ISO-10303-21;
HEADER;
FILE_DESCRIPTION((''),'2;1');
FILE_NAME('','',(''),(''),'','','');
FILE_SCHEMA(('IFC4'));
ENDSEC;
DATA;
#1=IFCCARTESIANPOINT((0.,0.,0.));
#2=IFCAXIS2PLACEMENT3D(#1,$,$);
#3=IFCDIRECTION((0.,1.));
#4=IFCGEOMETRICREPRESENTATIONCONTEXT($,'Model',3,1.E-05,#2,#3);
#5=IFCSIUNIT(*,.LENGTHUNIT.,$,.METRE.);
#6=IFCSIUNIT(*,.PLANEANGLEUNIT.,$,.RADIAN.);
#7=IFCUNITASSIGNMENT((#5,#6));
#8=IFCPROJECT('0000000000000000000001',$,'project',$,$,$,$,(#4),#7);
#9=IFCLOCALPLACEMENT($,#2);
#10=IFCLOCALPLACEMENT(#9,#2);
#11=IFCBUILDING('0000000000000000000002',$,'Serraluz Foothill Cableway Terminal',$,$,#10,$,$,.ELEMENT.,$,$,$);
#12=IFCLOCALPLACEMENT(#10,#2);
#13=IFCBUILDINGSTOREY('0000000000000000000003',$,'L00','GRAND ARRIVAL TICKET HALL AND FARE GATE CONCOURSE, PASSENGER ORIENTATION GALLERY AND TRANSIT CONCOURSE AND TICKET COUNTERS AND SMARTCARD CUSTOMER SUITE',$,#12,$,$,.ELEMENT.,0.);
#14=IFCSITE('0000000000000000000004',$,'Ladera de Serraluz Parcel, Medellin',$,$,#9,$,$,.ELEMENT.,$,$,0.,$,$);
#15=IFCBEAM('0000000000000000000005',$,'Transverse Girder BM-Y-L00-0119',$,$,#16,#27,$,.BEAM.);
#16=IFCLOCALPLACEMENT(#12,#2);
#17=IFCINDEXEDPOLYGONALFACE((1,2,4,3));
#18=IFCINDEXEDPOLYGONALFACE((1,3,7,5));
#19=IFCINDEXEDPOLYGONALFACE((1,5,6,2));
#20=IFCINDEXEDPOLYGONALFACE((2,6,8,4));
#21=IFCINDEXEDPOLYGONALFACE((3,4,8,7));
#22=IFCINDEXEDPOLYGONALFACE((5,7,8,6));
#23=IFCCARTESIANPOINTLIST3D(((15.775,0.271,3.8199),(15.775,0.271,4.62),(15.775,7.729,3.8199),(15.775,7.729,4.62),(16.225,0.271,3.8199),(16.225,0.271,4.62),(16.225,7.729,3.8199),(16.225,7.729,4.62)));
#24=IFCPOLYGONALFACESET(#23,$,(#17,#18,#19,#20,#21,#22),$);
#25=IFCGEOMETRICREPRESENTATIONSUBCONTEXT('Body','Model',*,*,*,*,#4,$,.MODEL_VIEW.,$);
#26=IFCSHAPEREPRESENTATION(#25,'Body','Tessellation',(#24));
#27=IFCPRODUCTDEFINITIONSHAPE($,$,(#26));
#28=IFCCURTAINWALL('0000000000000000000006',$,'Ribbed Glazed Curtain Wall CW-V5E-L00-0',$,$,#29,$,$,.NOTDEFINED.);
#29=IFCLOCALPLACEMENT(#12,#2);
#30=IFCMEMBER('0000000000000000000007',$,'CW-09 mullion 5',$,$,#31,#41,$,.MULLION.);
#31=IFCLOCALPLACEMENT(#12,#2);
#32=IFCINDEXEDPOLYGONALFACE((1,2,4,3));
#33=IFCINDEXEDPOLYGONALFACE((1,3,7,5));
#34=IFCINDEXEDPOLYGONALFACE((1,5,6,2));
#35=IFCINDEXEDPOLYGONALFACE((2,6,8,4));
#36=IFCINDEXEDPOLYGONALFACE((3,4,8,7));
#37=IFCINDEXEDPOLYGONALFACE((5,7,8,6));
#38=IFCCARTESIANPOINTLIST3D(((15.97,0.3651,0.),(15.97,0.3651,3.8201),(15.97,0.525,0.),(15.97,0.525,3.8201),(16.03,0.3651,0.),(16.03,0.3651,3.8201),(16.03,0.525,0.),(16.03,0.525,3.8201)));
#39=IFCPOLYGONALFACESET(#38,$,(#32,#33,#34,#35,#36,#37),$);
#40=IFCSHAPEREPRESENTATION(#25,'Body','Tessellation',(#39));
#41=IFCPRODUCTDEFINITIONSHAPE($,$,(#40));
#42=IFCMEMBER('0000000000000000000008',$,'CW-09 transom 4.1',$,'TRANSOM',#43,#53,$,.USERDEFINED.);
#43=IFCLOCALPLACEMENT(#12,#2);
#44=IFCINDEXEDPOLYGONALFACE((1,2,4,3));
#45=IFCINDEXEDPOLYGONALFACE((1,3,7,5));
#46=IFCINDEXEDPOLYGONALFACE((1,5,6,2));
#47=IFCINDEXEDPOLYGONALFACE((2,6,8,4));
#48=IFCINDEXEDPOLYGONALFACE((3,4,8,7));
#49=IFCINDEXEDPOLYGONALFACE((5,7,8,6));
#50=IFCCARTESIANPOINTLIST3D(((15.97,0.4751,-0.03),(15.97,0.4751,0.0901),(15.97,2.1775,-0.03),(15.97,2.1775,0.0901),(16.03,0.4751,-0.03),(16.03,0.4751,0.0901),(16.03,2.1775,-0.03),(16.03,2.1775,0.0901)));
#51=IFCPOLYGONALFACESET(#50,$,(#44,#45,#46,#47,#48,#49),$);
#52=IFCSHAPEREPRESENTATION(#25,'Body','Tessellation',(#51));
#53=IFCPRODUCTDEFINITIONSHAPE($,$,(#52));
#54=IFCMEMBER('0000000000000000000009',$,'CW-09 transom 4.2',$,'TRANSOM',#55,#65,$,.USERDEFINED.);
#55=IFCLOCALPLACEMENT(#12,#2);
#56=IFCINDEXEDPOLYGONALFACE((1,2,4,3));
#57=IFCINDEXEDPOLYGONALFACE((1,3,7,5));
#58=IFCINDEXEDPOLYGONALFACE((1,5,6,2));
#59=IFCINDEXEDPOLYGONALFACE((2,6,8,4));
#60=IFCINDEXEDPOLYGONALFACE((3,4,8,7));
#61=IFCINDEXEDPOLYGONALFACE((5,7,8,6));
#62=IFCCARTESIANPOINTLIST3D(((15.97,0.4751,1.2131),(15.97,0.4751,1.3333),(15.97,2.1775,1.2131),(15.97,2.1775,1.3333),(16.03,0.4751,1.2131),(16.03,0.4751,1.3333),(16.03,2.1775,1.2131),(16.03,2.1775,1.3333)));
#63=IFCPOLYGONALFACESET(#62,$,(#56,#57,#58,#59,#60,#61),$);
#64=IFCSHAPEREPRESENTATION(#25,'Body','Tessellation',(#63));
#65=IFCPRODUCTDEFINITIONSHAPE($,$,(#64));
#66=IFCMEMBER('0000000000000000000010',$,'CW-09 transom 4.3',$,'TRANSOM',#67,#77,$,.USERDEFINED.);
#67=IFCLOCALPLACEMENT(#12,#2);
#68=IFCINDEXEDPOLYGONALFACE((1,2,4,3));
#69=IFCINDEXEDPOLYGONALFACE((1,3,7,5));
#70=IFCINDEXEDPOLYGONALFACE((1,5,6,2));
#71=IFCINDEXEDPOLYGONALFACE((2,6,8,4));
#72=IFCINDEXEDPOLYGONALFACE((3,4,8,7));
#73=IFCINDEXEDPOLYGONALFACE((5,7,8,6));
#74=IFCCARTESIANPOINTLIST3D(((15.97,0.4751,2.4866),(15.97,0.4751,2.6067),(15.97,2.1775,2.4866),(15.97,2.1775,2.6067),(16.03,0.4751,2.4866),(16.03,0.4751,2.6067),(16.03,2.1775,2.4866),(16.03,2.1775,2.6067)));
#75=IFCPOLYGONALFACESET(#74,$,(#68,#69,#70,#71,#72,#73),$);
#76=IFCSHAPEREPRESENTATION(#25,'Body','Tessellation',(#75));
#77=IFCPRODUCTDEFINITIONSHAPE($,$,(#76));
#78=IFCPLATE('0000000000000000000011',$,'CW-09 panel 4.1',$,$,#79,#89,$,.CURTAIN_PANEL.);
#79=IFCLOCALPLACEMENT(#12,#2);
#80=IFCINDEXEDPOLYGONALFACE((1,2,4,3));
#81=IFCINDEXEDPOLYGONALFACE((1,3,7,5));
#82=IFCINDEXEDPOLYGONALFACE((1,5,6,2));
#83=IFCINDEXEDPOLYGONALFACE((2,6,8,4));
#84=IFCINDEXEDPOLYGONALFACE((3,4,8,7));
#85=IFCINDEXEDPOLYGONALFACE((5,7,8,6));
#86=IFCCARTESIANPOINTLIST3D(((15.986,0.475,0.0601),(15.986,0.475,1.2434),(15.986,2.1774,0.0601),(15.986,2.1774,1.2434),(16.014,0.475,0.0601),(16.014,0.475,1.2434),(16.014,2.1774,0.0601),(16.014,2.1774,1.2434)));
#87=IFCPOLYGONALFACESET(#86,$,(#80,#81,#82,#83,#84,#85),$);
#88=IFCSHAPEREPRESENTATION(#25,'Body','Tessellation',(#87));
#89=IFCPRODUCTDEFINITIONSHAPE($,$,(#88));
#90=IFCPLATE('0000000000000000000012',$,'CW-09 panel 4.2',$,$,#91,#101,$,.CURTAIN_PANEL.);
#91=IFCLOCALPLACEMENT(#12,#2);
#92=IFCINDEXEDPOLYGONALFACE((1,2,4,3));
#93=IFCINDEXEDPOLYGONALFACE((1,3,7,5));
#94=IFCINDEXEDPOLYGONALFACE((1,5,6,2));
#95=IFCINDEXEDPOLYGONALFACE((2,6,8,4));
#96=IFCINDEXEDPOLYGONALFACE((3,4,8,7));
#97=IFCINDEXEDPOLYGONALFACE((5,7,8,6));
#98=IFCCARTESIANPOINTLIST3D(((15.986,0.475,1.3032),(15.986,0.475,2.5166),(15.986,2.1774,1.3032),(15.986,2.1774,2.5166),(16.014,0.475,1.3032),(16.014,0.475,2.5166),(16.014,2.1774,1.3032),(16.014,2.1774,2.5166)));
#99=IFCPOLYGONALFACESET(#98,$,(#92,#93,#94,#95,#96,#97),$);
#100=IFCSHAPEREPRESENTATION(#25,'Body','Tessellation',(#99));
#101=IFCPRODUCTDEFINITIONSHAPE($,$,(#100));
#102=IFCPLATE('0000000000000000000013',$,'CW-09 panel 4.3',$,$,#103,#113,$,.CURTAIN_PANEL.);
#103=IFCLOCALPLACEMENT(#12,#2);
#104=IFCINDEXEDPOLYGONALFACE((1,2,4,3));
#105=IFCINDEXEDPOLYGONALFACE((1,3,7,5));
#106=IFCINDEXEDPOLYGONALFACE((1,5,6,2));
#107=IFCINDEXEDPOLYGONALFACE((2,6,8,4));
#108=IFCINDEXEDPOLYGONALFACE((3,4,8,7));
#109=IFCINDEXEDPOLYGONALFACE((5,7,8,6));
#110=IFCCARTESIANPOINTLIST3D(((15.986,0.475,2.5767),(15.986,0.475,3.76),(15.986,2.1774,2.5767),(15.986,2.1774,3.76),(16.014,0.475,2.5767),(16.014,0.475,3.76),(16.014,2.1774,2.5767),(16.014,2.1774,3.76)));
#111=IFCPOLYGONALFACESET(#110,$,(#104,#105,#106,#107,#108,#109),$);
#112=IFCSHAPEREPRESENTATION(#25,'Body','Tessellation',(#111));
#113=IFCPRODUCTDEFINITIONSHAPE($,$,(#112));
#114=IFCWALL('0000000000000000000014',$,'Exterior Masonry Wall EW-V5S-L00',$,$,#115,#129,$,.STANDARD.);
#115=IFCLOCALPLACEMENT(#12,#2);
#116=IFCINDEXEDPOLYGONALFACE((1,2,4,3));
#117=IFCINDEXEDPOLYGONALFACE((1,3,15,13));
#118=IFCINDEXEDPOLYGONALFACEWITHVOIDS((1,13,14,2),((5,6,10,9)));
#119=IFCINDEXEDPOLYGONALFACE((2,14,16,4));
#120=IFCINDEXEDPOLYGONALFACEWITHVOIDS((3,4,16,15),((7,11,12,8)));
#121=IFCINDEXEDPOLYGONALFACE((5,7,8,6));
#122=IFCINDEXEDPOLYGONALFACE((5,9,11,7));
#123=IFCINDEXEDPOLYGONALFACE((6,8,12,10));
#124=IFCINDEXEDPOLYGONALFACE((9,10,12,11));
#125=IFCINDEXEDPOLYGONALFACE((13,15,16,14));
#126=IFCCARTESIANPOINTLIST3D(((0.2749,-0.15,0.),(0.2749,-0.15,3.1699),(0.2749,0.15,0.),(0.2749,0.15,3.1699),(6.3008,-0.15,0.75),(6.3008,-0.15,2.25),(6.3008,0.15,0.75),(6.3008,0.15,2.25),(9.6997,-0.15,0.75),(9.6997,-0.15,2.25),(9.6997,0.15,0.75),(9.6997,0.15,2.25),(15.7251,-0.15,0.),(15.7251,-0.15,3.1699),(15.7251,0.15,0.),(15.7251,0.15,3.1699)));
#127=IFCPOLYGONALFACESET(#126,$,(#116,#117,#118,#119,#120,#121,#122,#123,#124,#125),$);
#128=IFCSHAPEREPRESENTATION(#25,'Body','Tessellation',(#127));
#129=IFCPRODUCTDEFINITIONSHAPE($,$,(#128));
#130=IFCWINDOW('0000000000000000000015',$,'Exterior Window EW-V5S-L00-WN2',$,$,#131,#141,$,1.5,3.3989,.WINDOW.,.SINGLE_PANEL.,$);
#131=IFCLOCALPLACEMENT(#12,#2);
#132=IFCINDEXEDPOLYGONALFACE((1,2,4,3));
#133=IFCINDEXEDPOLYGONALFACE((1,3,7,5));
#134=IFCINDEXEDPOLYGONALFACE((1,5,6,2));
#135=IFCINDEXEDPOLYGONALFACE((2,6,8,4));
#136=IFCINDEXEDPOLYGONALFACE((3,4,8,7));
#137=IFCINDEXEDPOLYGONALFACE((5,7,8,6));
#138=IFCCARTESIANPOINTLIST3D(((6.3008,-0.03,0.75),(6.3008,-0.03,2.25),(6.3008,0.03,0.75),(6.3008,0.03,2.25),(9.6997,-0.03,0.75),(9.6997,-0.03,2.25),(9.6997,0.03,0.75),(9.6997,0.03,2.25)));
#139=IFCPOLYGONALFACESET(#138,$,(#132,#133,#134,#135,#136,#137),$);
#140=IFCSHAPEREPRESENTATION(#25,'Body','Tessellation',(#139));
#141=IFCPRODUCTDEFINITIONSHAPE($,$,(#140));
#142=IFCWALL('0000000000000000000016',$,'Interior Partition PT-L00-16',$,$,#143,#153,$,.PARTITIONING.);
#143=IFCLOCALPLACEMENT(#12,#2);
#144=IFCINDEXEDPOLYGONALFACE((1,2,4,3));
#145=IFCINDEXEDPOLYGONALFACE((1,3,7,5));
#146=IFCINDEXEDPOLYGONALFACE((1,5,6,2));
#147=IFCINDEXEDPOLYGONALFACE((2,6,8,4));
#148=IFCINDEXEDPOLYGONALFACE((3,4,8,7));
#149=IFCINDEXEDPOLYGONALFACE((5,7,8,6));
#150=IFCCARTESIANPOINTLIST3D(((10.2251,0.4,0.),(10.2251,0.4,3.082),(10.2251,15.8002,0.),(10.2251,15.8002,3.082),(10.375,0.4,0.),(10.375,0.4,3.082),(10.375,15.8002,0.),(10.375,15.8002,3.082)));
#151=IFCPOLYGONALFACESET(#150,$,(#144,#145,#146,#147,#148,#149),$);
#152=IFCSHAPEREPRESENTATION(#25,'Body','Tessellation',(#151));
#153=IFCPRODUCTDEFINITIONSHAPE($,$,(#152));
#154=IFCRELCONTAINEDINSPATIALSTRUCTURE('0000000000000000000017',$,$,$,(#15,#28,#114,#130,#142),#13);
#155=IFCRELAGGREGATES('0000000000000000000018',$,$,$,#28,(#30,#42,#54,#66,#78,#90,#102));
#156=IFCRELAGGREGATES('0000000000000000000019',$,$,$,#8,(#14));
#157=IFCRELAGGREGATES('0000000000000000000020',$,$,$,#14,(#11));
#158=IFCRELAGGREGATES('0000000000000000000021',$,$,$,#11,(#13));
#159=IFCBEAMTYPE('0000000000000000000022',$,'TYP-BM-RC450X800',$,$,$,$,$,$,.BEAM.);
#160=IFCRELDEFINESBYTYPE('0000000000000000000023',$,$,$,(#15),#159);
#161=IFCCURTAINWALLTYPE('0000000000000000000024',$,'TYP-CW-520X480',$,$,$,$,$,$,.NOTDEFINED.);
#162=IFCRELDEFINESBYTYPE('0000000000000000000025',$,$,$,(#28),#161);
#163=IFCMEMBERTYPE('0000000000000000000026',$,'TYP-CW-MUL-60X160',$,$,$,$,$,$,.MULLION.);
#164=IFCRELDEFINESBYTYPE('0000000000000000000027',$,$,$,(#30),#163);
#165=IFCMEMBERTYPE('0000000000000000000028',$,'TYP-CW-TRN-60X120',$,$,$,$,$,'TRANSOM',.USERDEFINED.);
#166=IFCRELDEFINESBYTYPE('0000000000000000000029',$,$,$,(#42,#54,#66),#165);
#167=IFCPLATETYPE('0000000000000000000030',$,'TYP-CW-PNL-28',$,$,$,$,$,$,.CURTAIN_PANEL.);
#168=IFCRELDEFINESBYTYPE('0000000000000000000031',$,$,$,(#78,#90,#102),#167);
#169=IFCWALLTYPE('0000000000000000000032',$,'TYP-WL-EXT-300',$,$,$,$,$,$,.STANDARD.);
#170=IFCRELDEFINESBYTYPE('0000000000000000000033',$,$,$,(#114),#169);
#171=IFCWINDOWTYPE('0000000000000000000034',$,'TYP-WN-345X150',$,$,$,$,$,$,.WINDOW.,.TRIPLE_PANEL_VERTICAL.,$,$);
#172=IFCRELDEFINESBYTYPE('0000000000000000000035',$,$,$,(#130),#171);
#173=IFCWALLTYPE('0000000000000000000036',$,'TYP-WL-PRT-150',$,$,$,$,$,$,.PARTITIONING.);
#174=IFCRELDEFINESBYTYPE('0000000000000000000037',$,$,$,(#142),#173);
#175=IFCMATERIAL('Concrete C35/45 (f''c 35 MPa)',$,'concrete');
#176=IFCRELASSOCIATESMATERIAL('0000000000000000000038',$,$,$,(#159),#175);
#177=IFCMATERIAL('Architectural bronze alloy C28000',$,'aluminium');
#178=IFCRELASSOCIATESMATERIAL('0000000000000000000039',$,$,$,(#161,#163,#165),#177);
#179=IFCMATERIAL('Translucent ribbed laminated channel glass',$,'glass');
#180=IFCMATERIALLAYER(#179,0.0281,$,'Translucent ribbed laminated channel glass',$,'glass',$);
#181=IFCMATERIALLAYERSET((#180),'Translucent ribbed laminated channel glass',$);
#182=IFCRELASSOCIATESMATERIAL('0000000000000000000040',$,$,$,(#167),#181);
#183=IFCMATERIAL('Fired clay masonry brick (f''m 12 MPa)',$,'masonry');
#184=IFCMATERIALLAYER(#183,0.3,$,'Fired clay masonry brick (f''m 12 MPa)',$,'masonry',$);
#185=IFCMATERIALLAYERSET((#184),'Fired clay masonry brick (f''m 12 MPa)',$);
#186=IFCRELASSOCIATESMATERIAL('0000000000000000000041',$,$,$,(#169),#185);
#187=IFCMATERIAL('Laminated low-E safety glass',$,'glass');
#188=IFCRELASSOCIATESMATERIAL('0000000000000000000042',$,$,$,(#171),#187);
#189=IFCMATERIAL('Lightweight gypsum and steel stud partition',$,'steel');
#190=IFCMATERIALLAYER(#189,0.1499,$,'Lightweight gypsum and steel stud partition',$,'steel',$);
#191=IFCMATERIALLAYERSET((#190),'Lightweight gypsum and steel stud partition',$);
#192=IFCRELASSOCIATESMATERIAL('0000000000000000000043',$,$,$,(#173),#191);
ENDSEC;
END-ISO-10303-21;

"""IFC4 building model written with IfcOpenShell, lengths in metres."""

from ifc_helpers import new_model, si_unit, direction, frame, frame_2d, origin, origin_2d, place, context, subcontext, project, spatial, rectangle, extrude, material, layer, layer_set, material_profile, profile_set, type_object, element, fill, aggregate, save


model = new_model("IFC4")

# Units and contexts
model_context = context("Model", 3, precision=1e-05, world=origin(), true_north=direction((0.0, 1.0)))
body_context = subcontext(model_context, "Body", "Model", "MODEL_VIEW")
ifc_project = project(units=[si_unit("LENGTHUNIT", "METRE"), si_unit("PLANEANGLEUNIT", "RADIAN")], contexts=[model_context])

# Site, building, storey
site_placement = place(None, origin())
site = spatial("IfcSite", under=ifc_project, at=site_placement, Name="Ladera de Serraluz Parcel, Medellin", CompositionType="ELEMENT", RefElevation=0.0)
building_placement = place(site_placement, origin())
building = spatial("IfcBuilding", under=site, at=building_placement, Name="Serraluz Foothill Cableway Terminal", CompositionType="ELEMENT")
storey_placement = place(building_placement, origin())
storey = spatial("IfcBuildingStorey", under=building, at=storey_placement, Name="L00", Description="GRAND ARRIVAL TICKET HALL AND FARE GATE CONCOURSE, PASSENGER ORIENTATION GALLERY AND TRANSIT CONCOURSE AND TICKET COUNTERS AND SMARTCARD CUSTOMER SUITE", CompositionType="ELEMENT", Elevation=0.0)

# Shared definitions
ifc_material_1 = material(Name="Concrete C35/45 (f'c 35 MPa)", Category="concrete")

# Shared definitions
ifc_material_2 = material(Name="Fired clay masonry brick (f'm 12 MPa)", Category="masonry")

# Beam
ifc_material_profile_1 = material_profile(ifc_material_1, rectangle(XDim=0.45, YDim=0.8, at=origin_2d()), Name="RC 450x800")
ifc_profile_set_1 = profile_set([ifc_material_profile_1], Name="Concrete C35/45 (f'c 35 MPa)")
beam_type = type_object("IfcBeamType", Name="TYP-BM-RC450X800", PredefinedType="BEAM", material=ifc_profile_set_1)
beam_placement = place(storey_placement, frame((16.0, 0.271, 4.22), z_axis=(0.0, 1.0, 0.0), x_axis=(-1.0, 0.0, 0.0)))
element("IfcBeam", 1, at=beam_placement, inside=storey, type_object=beam_type, Name="Transverse Girder BM-Y-L00-0119", PredefinedType="BEAM", context=body_context, shape_type="SweptSolid", body=[
    extrude(rectangle(XDim=0.45, YDim=0.8, at=origin_2d()), origin(), (0.0, 0.0, 1.0), 7.458),
])

# Curtain wall, members, plates
ifc_material_3 = material(Name="Architectural bronze alloy C28000", Category="aluminium")
curtain_wall_type = type_object("IfcCurtainWallType", Name="TYP-CW-520X480", PredefinedType="NOTDEFINED", material=ifc_material_3)
curtain_wall_placement = place(storey_placement, origin())
curtain_wall = element("IfcCurtainWall", 2, at=curtain_wall_placement, inside=storey, type_object=curtain_wall_type, Name="Ribbed Glazed Curtain Wall CW-V5E-L00-0", PredefinedType="NOTDEFINED")
ifc_material_profile_2 = material_profile(ifc_material_3, rectangle(XDim=0.0601, YDim=0.1599, at=origin_2d()), Name="ALU MULLION 60x160")
ifc_profile_set_2 = profile_set([ifc_material_profile_2], Name="Architectural bronze alloy C28000")
member_type_1 = type_object("IfcMemberType", Name="TYP-CW-MUL-60X160", PredefinedType="MULLION", material=ifc_profile_set_2)
member_1_placement = place(storey_placement, frame((16.0, 0.4451, 0.0), z_axis=(0.0, 0.0, 1.0), x_axis=(1.0, 0.0, 0.0)))
member_1 = element("IfcMember", 3, at=member_1_placement, type_object=member_type_1, Name="CW-09 mullion 5", PredefinedType="MULLION", context=body_context, shape_type="SweptSolid", body=[
    extrude(rectangle(XDim=0.0601, YDim=0.1599, at=origin_2d()), origin(), (0.0, 0.0, 1.0), 3.8201),
])
ifc_material_profile_3 = material_profile(ifc_material_3, rectangle(XDim=0.0601, YDim=0.1201, at=origin_2d()), Name="ALU TRANSOM 60x120")
ifc_profile_set_3 = profile_set([ifc_material_profile_3], Name="Architectural bronze alloy C28000")
member_type_2 = type_object("IfcMemberType", Name="TYP-CW-TRN-60X120", ElementType="TRANSOM", PredefinedType="USERDEFINED", material=ifc_profile_set_3)
member_2_placement = place(storey_placement, frame((16.0, 2.1775, 0.03), z_axis=(0.0, -1.0, 0.0), x_axis=(1.0, 0.0, 0.0)))
member_2 = element("IfcMember", 4, at=member_2_placement, type_object=member_type_2, Name="CW-09 transom 4.1", ObjectType="TRANSOM", PredefinedType="USERDEFINED", context=body_context, shape_type="SweptSolid", body=[
    extrude(rectangle(XDim=0.0601, YDim=0.1201, at=origin_2d()), origin(), (0.0, 0.0, 1.0), 1.7024),
])
member_3_placement = place(storey_placement, frame((16.0, 2.1775, 1.2732), z_axis=(0.0, -1.0, 0.0), x_axis=(1.0, 0.0, 0.0)))
member_3 = element("IfcMember", 5, at=member_3_placement, type_object=member_type_2, Name="CW-09 transom 4.2", ObjectType="TRANSOM", PredefinedType="USERDEFINED", context=body_context, shape_type="SweptSolid", body=[
    extrude(rectangle(XDim=0.0601, YDim=0.1201, at=origin_2d()), origin(), (0.0, 0.0, 1.0), 1.7024),
])
member_4_placement = place(storey_placement, frame((16.0, 2.1775, 2.5466), z_axis=(0.0, -1.0, 0.0), x_axis=(1.0, 0.0, 0.0)))
member_4 = element("IfcMember", 6, at=member_4_placement, type_object=member_type_2, Name="CW-09 transom 4.3", ObjectType="TRANSOM", PredefinedType="USERDEFINED", context=body_context, shape_type="SweptSolid", body=[
    extrude(rectangle(XDim=0.0601, YDim=0.1201, at=origin_2d()), origin(), (0.0, 0.0, 1.0), 1.7024),
])
ifc_material_4 = material(Name="Translucent ribbed laminated channel glass", Category="glass")
ifc_layer_1 = layer(ifc_material_4, 0.0281, Name="Translucent ribbed laminated channel glass", Category="glass")
ifc_layer_set_1 = layer_set([ifc_layer_1], Name="Translucent ribbed laminated channel glass")
plate_type = type_object("IfcPlateType", Name="TYP-CW-PNL-28", PredefinedType="CURTAIN_PANEL", material=ifc_layer_set_1)
plate_1_placement = place(storey_placement, frame((16.0, 1.3262, 0.0601), z_axis=(0.0, 0.0, 1.0), x_axis=(0.0, -1.0, 0.0)))
plate_1 = element("IfcPlate", 7, at=plate_1_placement, type_object=plate_type, Name="CW-09 panel 4.1", PredefinedType="CURTAIN_PANEL", context=body_context, shape_type="SweptSolid", body=[
    extrude(rectangle(XDim=1.7024, YDim=0.0281, at=origin_2d()), origin(), (0.0, 0.0, 1.0), 1.1833),
])
plate_2_placement = place(storey_placement, frame((16.0, 1.3262, 1.3032), z_axis=(0.0, 0.0, 1.0), x_axis=(0.0, -1.0, 0.0)))
plate_2 = element("IfcPlate", 8, at=plate_2_placement, type_object=plate_type, Name="CW-09 panel 4.2", PredefinedType="CURTAIN_PANEL", context=body_context, shape_type="SweptSolid", body=[
    extrude(rectangle(XDim=1.7024, YDim=0.0281, at=origin_2d()), origin(), (0.0, 0.0, 1.0), 1.2134),
])
plate_3_placement = place(storey_placement, frame((16.0, 1.3262, 2.5767), z_axis=(0.0, 0.0, 1.0), x_axis=(0.0, -1.0, 0.0)))
plate_3 = element("IfcPlate", 9, at=plate_3_placement, type_object=plate_type, Name="CW-09 panel 4.3", PredefinedType="CURTAIN_PANEL", context=body_context, shape_type="SweptSolid", body=[
    extrude(rectangle(XDim=1.7024, YDim=0.0281, at=origin_2d()), origin(), (0.0, 0.0, 1.0), 1.1833),
])
aggregate(curtain_wall, [member_1, member_2, member_3, member_4, plate_1, plate_2, plate_3])

# Wall, opening, window
ifc_layer_2 = layer(ifc_material_2, 0.3, Name="Fired clay masonry brick (f'm 12 MPa)", Category="masonry")
ifc_layer_set_2 = layer_set([ifc_layer_2], Name="Fired clay masonry brick (f'm 12 MPa)")
wall_type_1 = type_object("IfcWallType", Name="TYP-WL-EXT-300", PredefinedType="STANDARD", material=ifc_layer_set_2)
wall_1_placement = place(storey_placement, frame((15.7251, 0.0, 0.0), z_axis=(0.0, 0.0, 1.0), x_axis=(-1.0, 0.0, 0.0)))
wall_1 = element("IfcWall", 10, at=wall_1_placement, inside=storey, type_object=wall_type_1, Name="Exterior Masonry Wall EW-V5S-L00", PredefinedType="STANDARD", context=body_context, shape_type="SweptSolid", body=[
    extrude(rectangle(XDim=15.4502, YDim=0.3, at=frame_2d((7.7251, 0.0))), origin(), (0.0, 0.0, 1.0), 3.1699),
])
opening_placement = place(wall_1_placement, frame((6.0254, 0.0, 0.75)))
opening = element("IfcOpeningElement", 11, at=opening_placement, cuts=wall_1, PredefinedType="OPENING", context=body_context, shape_type="SweptSolid", body=[
    extrude(rectangle(XDim=3.3989, YDim=1.5, at=frame_2d((1.6995, 0.75))), frame((0.0, 0.1602, 0.0), z_axis=(0.0, -1.0, 0.0), x_axis=(1.0, 0.0, 0.0)), (0.0, 0.0, 1.0), 0.3201),
])
ifc_material_5 = material(Name="Laminated low-E safety glass", Category="glass")
window_type = type_object("IfcWindowType", Name="TYP-WN-345X150", PartitioningType="TRIPLE_PANEL_VERTICAL", PredefinedType="WINDOW", material=ifc_material_5)
window_placement = place(opening_placement, origin())
window = element("IfcWindow", 12, at=window_placement, inside=storey, type_object=window_type, Name="Exterior Window EW-V5S-L00-WN2", OverallHeight=1.5, OverallWidth=3.3989, PartitioningType="SINGLE_PANEL", PredefinedType="WINDOW", context=body_context, shape_type="SweptSolid", body=[
    extrude(rectangle(XDim=3.3989, YDim=1.5, at=frame_2d((1.6995, 0.75))), frame((0.0, 0.03, 0.0), z_axis=(0.0, -1.0, 0.0), x_axis=(1.0, 0.0, 0.0)), (0.0, 0.0, 1.0), 0.0601),
])
fill(opening, window)

# Wall
ifc_material_6 = material(Name="Lightweight gypsum and steel stud partition", Category="steel")
ifc_layer_3 = layer(ifc_material_6, 0.1499, Name="Lightweight gypsum and steel stud partition", Category="steel")
ifc_layer_set_3 = layer_set([ifc_layer_3], Name="Lightweight gypsum and steel stud partition")
wall_type_2 = type_object("IfcWallType", Name="TYP-WL-PRT-150", PredefinedType="PARTITIONING", material=ifc_layer_set_3)
wall_2_placement = place(storey_placement, frame((10.3, 0.3999, 0.0), z_axis=(0.0, 0.0, 1.0), x_axis=(0.0, 1.0, 0.0)))
element("IfcWall", 13, at=wall_2_placement, inside=storey, type_object=wall_type_2, Name="Interior Partition PT-L00-16", PredefinedType="PARTITIONING", context=body_context, shape_type="SweptSolid", body=[
    extrude(rectangle(XDim=15.4001, YDim=0.1499, at=frame_2d((7.7002, 0.0))), origin(), (0.0, 0.0, 1.0), 3.082),
])

save(model, "model.ifc")
